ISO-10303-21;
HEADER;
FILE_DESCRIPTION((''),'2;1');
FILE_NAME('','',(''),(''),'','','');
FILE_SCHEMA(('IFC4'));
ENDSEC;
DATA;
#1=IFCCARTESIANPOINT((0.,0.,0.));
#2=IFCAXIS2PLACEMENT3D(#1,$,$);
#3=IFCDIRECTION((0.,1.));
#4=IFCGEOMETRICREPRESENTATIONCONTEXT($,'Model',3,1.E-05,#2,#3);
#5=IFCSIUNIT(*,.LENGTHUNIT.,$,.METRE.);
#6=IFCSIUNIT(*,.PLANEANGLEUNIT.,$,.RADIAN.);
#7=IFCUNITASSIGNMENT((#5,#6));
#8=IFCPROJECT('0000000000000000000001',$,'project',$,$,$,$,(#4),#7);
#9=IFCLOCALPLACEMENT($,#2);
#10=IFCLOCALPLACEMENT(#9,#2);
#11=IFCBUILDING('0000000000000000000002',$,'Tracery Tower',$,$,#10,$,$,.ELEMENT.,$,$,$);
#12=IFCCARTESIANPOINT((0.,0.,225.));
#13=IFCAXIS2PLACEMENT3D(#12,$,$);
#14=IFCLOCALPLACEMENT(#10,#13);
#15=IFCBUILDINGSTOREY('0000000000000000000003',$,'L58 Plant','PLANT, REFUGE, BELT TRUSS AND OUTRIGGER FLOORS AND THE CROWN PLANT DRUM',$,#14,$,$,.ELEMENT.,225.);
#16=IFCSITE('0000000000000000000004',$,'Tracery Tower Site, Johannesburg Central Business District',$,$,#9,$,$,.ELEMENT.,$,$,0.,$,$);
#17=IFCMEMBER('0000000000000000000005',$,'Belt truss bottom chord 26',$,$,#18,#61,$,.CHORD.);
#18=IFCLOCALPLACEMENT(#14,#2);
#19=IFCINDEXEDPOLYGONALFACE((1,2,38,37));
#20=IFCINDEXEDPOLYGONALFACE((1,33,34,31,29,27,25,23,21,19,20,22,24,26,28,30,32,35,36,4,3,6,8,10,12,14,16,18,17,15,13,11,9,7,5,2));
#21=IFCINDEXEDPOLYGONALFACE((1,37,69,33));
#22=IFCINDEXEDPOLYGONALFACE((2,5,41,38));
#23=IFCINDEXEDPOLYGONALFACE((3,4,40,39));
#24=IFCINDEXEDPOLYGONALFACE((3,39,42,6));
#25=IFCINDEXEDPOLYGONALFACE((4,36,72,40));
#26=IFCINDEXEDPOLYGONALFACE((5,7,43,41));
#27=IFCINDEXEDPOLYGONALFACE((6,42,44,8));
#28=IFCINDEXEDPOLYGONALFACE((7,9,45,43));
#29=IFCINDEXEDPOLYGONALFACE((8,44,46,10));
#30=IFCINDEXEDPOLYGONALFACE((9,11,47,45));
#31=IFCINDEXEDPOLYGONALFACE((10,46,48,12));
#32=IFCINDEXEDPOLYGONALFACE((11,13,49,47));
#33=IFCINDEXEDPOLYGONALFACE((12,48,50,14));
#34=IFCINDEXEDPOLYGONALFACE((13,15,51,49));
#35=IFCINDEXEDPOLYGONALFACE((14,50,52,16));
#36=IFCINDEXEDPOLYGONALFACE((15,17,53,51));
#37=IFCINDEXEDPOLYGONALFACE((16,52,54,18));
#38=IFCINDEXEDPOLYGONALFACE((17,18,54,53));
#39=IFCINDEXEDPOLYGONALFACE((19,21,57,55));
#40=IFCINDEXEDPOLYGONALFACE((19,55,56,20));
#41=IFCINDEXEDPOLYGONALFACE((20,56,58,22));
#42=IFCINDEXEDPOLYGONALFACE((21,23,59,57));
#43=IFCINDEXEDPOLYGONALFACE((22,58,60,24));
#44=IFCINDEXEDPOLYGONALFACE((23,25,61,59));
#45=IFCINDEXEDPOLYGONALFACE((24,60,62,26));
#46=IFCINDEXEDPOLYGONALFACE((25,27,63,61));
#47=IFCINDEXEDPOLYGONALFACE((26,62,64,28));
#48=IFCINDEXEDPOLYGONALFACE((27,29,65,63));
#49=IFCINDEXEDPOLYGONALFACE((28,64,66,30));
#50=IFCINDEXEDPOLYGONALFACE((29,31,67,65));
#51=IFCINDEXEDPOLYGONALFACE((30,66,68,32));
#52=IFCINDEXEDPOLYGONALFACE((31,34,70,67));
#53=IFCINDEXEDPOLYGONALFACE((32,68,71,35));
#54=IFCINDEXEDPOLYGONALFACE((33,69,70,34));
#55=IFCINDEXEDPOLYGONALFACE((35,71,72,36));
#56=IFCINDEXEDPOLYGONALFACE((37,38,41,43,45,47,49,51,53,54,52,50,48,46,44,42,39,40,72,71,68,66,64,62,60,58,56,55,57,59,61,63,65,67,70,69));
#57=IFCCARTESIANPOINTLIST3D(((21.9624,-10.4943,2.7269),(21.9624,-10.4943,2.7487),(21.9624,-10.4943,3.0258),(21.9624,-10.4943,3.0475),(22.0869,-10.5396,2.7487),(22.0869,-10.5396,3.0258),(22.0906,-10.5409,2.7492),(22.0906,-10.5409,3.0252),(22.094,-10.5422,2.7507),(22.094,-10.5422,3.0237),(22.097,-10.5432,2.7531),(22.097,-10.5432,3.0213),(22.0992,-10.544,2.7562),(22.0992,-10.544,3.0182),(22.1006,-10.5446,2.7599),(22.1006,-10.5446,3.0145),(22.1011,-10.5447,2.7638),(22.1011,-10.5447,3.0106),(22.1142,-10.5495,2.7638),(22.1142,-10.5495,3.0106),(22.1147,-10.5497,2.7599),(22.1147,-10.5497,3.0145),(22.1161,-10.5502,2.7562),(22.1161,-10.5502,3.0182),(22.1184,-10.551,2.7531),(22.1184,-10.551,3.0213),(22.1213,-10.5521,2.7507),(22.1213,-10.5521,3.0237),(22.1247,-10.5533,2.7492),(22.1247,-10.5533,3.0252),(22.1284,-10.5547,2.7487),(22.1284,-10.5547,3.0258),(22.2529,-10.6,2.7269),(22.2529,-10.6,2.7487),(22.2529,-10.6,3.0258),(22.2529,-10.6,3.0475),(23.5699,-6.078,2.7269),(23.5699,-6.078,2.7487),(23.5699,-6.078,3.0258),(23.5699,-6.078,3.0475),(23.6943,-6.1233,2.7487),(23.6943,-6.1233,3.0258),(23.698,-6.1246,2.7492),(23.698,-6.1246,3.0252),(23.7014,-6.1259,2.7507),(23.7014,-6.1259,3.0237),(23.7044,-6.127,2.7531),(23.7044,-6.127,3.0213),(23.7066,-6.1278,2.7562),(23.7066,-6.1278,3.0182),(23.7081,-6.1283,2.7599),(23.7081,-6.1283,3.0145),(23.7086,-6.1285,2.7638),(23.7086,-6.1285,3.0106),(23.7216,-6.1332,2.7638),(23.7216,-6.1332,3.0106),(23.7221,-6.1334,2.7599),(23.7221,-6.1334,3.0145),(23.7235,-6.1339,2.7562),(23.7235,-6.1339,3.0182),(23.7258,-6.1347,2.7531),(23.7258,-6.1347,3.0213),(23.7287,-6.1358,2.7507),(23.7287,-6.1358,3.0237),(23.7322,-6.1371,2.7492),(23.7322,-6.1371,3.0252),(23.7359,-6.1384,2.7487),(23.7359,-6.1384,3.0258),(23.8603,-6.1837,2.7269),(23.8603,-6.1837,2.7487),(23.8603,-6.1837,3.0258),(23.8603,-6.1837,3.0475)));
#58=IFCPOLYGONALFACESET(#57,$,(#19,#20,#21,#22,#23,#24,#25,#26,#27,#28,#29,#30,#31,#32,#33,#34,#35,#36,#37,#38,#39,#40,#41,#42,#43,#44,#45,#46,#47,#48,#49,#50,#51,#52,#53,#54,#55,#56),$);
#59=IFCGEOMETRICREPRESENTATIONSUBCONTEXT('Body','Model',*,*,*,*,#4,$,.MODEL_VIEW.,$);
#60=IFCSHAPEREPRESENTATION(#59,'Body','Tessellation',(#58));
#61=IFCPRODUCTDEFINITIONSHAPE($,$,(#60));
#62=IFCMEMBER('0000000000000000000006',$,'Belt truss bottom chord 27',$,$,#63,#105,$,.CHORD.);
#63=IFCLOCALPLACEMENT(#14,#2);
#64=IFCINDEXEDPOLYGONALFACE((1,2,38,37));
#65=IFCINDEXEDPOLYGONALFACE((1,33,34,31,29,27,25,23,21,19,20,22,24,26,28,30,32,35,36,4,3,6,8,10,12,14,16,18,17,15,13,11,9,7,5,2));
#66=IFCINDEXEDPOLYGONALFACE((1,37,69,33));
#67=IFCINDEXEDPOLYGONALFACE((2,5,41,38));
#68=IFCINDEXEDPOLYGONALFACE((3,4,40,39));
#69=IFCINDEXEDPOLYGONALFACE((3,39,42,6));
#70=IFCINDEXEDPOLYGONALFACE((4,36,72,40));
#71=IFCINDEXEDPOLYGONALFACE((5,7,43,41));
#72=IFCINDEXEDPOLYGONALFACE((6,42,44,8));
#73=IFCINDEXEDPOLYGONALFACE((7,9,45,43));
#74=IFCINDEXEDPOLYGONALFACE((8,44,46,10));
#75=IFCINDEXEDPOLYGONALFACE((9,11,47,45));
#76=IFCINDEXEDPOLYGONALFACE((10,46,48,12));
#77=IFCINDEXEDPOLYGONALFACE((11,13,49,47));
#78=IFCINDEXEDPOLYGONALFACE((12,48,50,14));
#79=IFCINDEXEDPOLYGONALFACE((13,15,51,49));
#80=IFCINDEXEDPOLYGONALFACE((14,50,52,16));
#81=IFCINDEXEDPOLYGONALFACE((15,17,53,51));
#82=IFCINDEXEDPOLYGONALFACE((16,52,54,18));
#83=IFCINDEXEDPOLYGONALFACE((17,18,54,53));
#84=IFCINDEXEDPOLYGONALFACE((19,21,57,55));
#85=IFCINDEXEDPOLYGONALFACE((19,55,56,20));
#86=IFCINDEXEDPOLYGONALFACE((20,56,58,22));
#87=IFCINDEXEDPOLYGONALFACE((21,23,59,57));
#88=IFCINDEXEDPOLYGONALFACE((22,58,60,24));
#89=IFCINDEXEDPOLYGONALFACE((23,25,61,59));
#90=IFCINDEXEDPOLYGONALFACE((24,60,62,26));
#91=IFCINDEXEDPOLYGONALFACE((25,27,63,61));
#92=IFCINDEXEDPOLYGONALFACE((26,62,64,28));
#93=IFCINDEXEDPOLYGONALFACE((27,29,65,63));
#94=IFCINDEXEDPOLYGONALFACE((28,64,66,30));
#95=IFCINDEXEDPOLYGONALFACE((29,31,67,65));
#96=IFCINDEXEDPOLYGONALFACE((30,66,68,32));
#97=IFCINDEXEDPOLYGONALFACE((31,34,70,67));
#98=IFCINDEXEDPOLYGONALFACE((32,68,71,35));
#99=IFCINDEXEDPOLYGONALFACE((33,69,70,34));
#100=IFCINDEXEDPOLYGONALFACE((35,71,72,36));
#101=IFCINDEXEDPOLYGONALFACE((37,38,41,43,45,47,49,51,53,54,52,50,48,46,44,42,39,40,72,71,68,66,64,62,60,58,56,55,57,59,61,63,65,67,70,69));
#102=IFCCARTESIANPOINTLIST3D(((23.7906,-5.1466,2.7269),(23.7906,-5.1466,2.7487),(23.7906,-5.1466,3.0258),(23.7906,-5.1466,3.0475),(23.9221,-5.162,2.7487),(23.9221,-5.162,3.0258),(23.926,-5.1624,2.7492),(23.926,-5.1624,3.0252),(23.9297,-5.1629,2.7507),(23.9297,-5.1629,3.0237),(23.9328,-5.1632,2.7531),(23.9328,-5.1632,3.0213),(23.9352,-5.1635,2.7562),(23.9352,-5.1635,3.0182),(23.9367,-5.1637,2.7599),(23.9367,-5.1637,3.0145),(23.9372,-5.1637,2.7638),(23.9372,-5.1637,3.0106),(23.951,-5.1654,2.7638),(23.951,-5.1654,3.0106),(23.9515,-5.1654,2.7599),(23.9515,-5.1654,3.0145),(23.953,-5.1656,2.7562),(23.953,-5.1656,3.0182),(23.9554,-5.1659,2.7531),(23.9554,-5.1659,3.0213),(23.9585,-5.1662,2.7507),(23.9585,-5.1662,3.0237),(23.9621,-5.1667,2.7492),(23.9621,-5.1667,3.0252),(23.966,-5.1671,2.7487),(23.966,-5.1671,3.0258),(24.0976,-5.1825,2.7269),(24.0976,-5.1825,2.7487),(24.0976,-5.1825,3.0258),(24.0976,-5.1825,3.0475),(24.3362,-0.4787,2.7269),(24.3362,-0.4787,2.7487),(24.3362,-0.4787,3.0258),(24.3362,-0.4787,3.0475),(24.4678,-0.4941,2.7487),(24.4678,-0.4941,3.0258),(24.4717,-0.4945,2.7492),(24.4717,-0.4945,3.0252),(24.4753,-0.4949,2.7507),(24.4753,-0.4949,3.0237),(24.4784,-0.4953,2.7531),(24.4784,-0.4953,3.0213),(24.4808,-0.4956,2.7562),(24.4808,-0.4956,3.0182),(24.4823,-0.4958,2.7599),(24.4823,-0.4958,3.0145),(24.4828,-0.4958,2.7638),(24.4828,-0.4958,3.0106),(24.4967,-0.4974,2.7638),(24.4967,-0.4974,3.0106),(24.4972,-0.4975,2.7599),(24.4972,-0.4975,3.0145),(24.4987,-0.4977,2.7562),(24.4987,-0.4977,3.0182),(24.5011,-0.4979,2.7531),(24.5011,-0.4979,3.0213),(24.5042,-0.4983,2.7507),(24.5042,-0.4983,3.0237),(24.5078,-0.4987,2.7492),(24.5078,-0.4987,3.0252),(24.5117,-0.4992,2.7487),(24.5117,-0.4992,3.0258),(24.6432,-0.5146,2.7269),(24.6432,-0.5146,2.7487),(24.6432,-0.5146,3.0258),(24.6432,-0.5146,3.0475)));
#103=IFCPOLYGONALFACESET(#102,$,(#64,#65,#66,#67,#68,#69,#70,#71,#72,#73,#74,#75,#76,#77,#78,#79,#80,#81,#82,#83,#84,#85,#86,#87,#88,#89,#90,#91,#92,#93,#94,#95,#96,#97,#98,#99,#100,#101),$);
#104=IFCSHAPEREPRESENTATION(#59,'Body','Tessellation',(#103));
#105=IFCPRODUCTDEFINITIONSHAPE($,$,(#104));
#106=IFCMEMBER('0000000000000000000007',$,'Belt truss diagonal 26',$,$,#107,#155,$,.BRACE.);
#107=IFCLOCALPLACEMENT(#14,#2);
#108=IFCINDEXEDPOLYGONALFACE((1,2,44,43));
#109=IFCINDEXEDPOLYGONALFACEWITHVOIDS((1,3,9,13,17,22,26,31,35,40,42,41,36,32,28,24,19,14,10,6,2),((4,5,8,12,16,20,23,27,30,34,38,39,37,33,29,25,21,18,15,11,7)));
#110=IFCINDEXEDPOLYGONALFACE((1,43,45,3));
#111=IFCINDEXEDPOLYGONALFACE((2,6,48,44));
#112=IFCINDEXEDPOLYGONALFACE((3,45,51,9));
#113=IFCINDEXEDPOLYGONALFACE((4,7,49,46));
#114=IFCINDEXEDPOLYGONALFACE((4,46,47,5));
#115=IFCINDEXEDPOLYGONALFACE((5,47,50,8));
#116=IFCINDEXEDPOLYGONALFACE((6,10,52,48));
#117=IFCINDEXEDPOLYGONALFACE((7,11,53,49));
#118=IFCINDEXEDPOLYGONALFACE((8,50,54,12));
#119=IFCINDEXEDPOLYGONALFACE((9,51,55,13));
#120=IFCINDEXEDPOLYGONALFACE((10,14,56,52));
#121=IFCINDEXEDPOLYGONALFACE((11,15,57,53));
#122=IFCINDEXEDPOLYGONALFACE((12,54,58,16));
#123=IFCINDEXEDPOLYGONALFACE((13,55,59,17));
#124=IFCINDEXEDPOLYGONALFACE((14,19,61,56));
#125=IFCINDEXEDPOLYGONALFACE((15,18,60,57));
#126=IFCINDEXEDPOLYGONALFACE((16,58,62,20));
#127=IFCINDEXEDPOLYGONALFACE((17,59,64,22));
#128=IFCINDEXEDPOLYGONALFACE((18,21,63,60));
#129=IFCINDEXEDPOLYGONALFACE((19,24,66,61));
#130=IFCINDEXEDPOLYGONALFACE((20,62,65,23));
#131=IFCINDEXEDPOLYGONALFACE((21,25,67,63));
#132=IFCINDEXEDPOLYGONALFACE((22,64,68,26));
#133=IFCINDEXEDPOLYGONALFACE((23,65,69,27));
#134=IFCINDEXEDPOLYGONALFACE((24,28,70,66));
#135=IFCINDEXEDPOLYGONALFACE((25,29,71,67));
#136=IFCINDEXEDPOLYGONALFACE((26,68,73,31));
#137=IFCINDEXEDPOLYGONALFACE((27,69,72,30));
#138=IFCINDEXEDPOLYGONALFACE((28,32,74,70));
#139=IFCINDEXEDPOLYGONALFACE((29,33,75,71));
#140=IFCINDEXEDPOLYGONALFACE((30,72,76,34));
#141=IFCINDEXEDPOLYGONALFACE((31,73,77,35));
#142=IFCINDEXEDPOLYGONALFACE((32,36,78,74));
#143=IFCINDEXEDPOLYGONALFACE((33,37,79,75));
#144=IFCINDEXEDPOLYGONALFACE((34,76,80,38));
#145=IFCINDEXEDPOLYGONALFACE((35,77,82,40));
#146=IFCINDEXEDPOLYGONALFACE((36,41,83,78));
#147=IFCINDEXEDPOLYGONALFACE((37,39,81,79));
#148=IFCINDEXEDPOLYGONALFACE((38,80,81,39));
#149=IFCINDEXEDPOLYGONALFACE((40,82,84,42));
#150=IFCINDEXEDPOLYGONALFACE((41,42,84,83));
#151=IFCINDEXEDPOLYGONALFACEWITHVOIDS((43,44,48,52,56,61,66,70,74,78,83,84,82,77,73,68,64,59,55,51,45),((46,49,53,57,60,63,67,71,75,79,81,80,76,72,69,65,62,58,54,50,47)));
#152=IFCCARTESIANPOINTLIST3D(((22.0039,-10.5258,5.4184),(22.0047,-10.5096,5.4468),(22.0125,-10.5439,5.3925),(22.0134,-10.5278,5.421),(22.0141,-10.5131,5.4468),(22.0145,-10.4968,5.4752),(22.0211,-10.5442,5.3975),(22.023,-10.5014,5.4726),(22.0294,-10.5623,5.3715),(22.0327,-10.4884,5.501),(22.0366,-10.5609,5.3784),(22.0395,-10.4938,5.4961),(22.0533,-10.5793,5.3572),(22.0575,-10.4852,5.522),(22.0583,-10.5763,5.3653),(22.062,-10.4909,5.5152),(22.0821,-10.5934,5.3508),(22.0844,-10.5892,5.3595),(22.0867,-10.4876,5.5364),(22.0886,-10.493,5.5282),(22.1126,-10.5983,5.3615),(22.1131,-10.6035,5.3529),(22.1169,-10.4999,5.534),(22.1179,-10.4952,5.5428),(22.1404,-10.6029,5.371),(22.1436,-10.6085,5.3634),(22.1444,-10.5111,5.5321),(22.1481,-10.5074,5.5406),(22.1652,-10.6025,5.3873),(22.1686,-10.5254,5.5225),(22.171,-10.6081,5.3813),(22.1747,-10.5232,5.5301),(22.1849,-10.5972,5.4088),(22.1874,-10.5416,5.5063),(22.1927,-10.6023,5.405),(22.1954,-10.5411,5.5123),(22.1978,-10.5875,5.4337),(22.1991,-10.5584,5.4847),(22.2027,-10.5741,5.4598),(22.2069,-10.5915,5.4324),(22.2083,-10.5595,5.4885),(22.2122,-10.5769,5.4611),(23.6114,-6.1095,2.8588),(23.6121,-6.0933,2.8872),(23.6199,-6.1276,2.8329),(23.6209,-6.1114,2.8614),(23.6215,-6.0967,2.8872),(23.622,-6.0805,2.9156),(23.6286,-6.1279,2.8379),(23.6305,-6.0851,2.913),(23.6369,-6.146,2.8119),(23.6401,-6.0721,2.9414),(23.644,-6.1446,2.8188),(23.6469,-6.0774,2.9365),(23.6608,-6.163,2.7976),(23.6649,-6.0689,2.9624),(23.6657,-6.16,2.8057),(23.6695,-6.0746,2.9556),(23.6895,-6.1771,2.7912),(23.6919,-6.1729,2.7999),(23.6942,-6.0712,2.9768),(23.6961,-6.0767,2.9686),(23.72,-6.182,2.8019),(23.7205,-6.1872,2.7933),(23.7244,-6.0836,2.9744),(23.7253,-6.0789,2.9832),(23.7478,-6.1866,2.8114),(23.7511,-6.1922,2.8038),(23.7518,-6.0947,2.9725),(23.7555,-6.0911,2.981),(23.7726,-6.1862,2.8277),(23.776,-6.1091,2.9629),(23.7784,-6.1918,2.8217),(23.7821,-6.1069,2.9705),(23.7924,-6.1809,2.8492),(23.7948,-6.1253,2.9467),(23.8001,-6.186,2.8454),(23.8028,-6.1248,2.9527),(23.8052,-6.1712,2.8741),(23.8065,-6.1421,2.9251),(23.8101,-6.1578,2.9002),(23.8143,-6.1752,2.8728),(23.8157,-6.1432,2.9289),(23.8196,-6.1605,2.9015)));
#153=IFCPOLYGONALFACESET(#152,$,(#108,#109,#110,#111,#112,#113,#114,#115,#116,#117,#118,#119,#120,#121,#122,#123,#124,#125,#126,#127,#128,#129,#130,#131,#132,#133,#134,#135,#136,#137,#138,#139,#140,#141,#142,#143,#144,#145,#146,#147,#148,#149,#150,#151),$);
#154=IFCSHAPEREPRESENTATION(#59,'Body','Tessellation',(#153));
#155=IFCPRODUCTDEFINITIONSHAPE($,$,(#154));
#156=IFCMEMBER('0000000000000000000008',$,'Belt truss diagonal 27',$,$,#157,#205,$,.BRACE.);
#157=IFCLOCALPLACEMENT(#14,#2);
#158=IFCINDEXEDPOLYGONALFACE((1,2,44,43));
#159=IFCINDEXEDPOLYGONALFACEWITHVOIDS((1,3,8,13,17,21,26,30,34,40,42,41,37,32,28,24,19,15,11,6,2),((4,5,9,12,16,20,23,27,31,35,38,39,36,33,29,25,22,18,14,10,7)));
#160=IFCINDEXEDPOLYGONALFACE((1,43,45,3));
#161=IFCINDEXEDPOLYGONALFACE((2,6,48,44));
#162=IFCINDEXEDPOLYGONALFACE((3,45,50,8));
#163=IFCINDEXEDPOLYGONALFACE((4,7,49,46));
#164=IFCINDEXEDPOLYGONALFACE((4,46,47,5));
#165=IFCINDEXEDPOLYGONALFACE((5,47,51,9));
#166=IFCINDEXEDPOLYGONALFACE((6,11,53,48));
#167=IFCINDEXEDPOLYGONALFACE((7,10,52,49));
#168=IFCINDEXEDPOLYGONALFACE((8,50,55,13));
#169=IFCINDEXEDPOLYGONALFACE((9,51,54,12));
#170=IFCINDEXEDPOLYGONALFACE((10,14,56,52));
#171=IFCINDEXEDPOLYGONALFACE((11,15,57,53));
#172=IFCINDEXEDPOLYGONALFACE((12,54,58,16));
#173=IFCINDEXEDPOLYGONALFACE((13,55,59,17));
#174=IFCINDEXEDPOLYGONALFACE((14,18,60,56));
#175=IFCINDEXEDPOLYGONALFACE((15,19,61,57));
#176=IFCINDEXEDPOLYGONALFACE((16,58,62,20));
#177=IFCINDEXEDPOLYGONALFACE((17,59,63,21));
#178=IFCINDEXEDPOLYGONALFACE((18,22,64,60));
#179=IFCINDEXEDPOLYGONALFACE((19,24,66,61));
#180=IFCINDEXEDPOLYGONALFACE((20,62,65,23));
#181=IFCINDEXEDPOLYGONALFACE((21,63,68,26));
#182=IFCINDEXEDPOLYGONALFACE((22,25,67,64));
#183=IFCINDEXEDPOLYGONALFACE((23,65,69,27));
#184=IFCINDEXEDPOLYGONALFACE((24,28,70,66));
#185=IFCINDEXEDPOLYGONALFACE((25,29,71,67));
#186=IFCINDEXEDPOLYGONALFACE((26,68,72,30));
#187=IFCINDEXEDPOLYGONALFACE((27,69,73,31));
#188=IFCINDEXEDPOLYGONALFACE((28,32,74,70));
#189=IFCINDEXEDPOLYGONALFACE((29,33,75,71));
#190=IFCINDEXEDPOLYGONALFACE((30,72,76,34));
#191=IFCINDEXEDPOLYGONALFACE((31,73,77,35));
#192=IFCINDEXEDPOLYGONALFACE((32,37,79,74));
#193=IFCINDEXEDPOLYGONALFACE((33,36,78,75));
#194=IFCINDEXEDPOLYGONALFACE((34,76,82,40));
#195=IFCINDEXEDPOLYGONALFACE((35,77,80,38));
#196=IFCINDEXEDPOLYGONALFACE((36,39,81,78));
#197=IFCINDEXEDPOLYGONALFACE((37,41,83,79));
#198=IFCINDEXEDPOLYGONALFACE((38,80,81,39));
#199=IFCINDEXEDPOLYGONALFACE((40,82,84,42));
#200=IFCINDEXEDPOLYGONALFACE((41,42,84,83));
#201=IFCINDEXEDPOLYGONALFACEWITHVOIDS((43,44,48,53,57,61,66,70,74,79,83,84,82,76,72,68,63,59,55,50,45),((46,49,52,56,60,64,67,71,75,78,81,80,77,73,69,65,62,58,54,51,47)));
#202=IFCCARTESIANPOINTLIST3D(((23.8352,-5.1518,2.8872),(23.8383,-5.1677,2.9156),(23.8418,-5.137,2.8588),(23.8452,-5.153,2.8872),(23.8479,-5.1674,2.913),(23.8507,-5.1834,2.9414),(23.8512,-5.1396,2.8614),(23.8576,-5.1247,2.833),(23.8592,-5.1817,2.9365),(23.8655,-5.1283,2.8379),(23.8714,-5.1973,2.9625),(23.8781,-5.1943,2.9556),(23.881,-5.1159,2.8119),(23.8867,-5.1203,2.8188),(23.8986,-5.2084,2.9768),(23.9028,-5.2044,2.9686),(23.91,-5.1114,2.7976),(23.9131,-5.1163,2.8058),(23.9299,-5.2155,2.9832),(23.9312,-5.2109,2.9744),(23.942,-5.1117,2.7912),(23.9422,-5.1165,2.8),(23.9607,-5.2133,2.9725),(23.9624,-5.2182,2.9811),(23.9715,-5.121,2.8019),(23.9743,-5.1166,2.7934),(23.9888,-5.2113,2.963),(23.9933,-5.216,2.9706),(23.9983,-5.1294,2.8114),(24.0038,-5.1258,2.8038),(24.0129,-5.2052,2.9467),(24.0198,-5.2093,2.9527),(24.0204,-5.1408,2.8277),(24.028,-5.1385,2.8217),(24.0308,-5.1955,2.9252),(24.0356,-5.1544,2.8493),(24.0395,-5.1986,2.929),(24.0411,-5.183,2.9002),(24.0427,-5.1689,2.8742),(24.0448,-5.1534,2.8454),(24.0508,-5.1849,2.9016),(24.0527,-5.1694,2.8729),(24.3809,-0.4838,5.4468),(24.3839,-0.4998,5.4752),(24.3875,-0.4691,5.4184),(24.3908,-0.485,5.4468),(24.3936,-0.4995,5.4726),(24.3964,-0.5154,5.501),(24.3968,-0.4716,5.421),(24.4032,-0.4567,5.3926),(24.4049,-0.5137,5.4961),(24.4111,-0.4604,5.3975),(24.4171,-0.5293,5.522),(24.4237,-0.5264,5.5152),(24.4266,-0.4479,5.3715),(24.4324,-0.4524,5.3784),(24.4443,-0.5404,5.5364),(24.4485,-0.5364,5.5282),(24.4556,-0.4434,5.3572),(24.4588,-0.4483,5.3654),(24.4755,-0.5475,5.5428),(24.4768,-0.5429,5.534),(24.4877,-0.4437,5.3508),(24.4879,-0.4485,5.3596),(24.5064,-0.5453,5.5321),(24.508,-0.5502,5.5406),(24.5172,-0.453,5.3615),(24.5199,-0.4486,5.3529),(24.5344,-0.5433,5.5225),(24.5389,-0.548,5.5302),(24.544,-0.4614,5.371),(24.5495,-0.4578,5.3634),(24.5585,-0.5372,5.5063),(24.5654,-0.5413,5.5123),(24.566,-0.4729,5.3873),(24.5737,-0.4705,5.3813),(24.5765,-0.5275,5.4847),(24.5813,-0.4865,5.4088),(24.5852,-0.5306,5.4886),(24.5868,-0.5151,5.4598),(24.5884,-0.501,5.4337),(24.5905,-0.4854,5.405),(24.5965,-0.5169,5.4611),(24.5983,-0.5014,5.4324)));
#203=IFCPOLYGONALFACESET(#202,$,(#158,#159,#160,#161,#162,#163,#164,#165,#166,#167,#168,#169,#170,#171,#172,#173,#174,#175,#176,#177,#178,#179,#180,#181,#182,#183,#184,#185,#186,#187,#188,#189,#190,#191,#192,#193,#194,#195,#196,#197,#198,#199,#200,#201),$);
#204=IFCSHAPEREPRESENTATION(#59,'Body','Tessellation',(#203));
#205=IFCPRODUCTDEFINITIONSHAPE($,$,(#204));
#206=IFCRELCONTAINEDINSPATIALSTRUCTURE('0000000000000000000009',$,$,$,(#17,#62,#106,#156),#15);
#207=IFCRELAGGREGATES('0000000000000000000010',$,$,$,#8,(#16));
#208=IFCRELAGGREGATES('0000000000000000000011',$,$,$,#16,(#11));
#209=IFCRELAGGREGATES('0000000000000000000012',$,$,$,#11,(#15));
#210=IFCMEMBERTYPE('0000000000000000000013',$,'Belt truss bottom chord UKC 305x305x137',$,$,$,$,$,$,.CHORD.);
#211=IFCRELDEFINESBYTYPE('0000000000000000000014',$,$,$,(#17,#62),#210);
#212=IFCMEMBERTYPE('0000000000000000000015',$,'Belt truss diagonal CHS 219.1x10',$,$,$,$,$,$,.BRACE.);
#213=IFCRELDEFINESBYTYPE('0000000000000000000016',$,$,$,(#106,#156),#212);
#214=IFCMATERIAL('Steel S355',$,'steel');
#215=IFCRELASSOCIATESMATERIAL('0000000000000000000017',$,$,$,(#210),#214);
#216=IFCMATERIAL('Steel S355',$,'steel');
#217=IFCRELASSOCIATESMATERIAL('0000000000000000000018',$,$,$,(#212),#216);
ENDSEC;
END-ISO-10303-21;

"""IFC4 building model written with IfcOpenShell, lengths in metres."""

from ifc_helpers import new_model, si_unit, direction, frame, origin, origin_2d, place, context, subcontext, project, spatial, hollow_circle, i_section, extrude, material, material_profile, profile_set, type_object, element, save


model = new_model("IFC4")

# Units and contexts
model_context = context("Model", 3, precision=1e-05, world=origin(), true_north=direction((0.0, 1.0)))
body_context = subcontext(model_context, "Body", "Model", "MODEL_VIEW")
ifc_project = project(units=[si_unit("LENGTHUNIT", "METRE"), si_unit("PLANEANGLEUNIT", "RADIAN")], contexts=[model_context])

# Site, building, storey
site_placement = place(None, origin())
site = spatial("IfcSite", under=ifc_project, at=site_placement, Name="Tracery Tower Site, Johannesburg Central Business District", CompositionType="ELEMENT", RefElevation=0.0)
building_placement = place(site_placement, origin())
building = spatial("IfcBuilding", under=site, at=building_placement, Name="Tracery Tower", CompositionType="ELEMENT")
storey_placement = place(building_placement, frame((0.0, 0.0, 225.0)))
storey = spatial("IfcBuildingStorey", under=building, at=storey_placement, Name="L58 Plant", Description="PLANT, REFUGE, BELT TRUSS AND OUTRIGGER FLOORS AND THE CROWN PLANT DRUM", CompositionType="ELEMENT", Elevation=225.0)

# Members
ifc_material_1 = material(Name="Steel S355", Category="steel")
ifc_material_profile_1 = material_profile(ifc_material_1, i_section(OverallWidth=0.3091, OverallDepth=0.3206, WebThickness=0.0139, FlangeThickness=0.0217, FilletRadius=0.0151, at=origin_2d()), Name="UKC 305x305x137")
ifc_profile_set_1 = profile_set([ifc_material_profile_1], Name="Steel S355")
member_type_1 = type_object("IfcMemberType", Name="Belt truss bottom chord UKC 305x305x137", PredefinedType="CHORD", material=ifc_profile_set_1)
for number, where, z_axis, x_axis, name in (
    (1, (22.1077, -10.5471, 2.8872), (0.342027, 0.93969, 0.0), (-0.93969, 0.342027, 0.0), "Belt truss bottom chord 26"),
    (2, (23.9441, -5.1646, 2.8872), (0.116103, 0.993237, 0.0), (-0.993237, 0.116103, 0.0), "Belt truss bottom chord 27"),
):
    element("IfcMember", number, at=place(storey_placement, frame(where, z_axis=z_axis, x_axis=x_axis)), inside=storey, type_object=member_type_1, Name=name, PredefinedType="CHORD", context=body_context, shape_type="SweptSolid", body=[
        extrude(i_section(OverallWidth=0.3091, OverallDepth=0.3206, WebThickness=0.0139, FlangeThickness=0.0217, FilletRadius=0.0151, at=origin_2d()), origin(), (0.0, 0.0, 1.0), 4.6997),
    ])
ifc_material_2 = material(Name="Steel S355", Category="steel")
ifc_material_profile_2 = material_profile(ifc_material_2, hollow_circle(Radius=0.1096, WallThickness=0.01, at=origin_2d()), Name="CHS 219.1x10")
ifc_profile_set_2 = profile_set([ifc_material_profile_2], Name="Steel S355")
member_type_2 = type_object("IfcMemberType", Name="Belt truss diagonal CHS 219.1x10", PredefinedType="BRACE", material=ifc_profile_set_2)
for number, where, z_axis, x_axis, name in (
    (3, (22.1077, -10.5471, 5.4468), (0.300368, 0.825238, -0.47829), (-0.93969, 0.342027, 0.0), "Belt truss diagonal 26"),
    (4, (23.9441, -5.1646, 2.8872), (0.101962, 0.872265, 0.478286), (-0.993237, 0.116103, 0.0), "Belt truss diagonal 27"),
):
    element("IfcMember", number, at=place(storey_placement, frame(where, z_axis=z_axis, x_axis=x_axis)), inside=storey, type_object=member_type_2, Name=name, PredefinedType="BRACE", context=body_context, shape_type="SweptSolid", body=[
        extrude(hollow_circle(Radius=0.1096, WallThickness=0.01, at=origin_2d()), origin(), (0.0, 0.0, 1.0), 5.3516),
    ])

save(model, "model.ifc")
